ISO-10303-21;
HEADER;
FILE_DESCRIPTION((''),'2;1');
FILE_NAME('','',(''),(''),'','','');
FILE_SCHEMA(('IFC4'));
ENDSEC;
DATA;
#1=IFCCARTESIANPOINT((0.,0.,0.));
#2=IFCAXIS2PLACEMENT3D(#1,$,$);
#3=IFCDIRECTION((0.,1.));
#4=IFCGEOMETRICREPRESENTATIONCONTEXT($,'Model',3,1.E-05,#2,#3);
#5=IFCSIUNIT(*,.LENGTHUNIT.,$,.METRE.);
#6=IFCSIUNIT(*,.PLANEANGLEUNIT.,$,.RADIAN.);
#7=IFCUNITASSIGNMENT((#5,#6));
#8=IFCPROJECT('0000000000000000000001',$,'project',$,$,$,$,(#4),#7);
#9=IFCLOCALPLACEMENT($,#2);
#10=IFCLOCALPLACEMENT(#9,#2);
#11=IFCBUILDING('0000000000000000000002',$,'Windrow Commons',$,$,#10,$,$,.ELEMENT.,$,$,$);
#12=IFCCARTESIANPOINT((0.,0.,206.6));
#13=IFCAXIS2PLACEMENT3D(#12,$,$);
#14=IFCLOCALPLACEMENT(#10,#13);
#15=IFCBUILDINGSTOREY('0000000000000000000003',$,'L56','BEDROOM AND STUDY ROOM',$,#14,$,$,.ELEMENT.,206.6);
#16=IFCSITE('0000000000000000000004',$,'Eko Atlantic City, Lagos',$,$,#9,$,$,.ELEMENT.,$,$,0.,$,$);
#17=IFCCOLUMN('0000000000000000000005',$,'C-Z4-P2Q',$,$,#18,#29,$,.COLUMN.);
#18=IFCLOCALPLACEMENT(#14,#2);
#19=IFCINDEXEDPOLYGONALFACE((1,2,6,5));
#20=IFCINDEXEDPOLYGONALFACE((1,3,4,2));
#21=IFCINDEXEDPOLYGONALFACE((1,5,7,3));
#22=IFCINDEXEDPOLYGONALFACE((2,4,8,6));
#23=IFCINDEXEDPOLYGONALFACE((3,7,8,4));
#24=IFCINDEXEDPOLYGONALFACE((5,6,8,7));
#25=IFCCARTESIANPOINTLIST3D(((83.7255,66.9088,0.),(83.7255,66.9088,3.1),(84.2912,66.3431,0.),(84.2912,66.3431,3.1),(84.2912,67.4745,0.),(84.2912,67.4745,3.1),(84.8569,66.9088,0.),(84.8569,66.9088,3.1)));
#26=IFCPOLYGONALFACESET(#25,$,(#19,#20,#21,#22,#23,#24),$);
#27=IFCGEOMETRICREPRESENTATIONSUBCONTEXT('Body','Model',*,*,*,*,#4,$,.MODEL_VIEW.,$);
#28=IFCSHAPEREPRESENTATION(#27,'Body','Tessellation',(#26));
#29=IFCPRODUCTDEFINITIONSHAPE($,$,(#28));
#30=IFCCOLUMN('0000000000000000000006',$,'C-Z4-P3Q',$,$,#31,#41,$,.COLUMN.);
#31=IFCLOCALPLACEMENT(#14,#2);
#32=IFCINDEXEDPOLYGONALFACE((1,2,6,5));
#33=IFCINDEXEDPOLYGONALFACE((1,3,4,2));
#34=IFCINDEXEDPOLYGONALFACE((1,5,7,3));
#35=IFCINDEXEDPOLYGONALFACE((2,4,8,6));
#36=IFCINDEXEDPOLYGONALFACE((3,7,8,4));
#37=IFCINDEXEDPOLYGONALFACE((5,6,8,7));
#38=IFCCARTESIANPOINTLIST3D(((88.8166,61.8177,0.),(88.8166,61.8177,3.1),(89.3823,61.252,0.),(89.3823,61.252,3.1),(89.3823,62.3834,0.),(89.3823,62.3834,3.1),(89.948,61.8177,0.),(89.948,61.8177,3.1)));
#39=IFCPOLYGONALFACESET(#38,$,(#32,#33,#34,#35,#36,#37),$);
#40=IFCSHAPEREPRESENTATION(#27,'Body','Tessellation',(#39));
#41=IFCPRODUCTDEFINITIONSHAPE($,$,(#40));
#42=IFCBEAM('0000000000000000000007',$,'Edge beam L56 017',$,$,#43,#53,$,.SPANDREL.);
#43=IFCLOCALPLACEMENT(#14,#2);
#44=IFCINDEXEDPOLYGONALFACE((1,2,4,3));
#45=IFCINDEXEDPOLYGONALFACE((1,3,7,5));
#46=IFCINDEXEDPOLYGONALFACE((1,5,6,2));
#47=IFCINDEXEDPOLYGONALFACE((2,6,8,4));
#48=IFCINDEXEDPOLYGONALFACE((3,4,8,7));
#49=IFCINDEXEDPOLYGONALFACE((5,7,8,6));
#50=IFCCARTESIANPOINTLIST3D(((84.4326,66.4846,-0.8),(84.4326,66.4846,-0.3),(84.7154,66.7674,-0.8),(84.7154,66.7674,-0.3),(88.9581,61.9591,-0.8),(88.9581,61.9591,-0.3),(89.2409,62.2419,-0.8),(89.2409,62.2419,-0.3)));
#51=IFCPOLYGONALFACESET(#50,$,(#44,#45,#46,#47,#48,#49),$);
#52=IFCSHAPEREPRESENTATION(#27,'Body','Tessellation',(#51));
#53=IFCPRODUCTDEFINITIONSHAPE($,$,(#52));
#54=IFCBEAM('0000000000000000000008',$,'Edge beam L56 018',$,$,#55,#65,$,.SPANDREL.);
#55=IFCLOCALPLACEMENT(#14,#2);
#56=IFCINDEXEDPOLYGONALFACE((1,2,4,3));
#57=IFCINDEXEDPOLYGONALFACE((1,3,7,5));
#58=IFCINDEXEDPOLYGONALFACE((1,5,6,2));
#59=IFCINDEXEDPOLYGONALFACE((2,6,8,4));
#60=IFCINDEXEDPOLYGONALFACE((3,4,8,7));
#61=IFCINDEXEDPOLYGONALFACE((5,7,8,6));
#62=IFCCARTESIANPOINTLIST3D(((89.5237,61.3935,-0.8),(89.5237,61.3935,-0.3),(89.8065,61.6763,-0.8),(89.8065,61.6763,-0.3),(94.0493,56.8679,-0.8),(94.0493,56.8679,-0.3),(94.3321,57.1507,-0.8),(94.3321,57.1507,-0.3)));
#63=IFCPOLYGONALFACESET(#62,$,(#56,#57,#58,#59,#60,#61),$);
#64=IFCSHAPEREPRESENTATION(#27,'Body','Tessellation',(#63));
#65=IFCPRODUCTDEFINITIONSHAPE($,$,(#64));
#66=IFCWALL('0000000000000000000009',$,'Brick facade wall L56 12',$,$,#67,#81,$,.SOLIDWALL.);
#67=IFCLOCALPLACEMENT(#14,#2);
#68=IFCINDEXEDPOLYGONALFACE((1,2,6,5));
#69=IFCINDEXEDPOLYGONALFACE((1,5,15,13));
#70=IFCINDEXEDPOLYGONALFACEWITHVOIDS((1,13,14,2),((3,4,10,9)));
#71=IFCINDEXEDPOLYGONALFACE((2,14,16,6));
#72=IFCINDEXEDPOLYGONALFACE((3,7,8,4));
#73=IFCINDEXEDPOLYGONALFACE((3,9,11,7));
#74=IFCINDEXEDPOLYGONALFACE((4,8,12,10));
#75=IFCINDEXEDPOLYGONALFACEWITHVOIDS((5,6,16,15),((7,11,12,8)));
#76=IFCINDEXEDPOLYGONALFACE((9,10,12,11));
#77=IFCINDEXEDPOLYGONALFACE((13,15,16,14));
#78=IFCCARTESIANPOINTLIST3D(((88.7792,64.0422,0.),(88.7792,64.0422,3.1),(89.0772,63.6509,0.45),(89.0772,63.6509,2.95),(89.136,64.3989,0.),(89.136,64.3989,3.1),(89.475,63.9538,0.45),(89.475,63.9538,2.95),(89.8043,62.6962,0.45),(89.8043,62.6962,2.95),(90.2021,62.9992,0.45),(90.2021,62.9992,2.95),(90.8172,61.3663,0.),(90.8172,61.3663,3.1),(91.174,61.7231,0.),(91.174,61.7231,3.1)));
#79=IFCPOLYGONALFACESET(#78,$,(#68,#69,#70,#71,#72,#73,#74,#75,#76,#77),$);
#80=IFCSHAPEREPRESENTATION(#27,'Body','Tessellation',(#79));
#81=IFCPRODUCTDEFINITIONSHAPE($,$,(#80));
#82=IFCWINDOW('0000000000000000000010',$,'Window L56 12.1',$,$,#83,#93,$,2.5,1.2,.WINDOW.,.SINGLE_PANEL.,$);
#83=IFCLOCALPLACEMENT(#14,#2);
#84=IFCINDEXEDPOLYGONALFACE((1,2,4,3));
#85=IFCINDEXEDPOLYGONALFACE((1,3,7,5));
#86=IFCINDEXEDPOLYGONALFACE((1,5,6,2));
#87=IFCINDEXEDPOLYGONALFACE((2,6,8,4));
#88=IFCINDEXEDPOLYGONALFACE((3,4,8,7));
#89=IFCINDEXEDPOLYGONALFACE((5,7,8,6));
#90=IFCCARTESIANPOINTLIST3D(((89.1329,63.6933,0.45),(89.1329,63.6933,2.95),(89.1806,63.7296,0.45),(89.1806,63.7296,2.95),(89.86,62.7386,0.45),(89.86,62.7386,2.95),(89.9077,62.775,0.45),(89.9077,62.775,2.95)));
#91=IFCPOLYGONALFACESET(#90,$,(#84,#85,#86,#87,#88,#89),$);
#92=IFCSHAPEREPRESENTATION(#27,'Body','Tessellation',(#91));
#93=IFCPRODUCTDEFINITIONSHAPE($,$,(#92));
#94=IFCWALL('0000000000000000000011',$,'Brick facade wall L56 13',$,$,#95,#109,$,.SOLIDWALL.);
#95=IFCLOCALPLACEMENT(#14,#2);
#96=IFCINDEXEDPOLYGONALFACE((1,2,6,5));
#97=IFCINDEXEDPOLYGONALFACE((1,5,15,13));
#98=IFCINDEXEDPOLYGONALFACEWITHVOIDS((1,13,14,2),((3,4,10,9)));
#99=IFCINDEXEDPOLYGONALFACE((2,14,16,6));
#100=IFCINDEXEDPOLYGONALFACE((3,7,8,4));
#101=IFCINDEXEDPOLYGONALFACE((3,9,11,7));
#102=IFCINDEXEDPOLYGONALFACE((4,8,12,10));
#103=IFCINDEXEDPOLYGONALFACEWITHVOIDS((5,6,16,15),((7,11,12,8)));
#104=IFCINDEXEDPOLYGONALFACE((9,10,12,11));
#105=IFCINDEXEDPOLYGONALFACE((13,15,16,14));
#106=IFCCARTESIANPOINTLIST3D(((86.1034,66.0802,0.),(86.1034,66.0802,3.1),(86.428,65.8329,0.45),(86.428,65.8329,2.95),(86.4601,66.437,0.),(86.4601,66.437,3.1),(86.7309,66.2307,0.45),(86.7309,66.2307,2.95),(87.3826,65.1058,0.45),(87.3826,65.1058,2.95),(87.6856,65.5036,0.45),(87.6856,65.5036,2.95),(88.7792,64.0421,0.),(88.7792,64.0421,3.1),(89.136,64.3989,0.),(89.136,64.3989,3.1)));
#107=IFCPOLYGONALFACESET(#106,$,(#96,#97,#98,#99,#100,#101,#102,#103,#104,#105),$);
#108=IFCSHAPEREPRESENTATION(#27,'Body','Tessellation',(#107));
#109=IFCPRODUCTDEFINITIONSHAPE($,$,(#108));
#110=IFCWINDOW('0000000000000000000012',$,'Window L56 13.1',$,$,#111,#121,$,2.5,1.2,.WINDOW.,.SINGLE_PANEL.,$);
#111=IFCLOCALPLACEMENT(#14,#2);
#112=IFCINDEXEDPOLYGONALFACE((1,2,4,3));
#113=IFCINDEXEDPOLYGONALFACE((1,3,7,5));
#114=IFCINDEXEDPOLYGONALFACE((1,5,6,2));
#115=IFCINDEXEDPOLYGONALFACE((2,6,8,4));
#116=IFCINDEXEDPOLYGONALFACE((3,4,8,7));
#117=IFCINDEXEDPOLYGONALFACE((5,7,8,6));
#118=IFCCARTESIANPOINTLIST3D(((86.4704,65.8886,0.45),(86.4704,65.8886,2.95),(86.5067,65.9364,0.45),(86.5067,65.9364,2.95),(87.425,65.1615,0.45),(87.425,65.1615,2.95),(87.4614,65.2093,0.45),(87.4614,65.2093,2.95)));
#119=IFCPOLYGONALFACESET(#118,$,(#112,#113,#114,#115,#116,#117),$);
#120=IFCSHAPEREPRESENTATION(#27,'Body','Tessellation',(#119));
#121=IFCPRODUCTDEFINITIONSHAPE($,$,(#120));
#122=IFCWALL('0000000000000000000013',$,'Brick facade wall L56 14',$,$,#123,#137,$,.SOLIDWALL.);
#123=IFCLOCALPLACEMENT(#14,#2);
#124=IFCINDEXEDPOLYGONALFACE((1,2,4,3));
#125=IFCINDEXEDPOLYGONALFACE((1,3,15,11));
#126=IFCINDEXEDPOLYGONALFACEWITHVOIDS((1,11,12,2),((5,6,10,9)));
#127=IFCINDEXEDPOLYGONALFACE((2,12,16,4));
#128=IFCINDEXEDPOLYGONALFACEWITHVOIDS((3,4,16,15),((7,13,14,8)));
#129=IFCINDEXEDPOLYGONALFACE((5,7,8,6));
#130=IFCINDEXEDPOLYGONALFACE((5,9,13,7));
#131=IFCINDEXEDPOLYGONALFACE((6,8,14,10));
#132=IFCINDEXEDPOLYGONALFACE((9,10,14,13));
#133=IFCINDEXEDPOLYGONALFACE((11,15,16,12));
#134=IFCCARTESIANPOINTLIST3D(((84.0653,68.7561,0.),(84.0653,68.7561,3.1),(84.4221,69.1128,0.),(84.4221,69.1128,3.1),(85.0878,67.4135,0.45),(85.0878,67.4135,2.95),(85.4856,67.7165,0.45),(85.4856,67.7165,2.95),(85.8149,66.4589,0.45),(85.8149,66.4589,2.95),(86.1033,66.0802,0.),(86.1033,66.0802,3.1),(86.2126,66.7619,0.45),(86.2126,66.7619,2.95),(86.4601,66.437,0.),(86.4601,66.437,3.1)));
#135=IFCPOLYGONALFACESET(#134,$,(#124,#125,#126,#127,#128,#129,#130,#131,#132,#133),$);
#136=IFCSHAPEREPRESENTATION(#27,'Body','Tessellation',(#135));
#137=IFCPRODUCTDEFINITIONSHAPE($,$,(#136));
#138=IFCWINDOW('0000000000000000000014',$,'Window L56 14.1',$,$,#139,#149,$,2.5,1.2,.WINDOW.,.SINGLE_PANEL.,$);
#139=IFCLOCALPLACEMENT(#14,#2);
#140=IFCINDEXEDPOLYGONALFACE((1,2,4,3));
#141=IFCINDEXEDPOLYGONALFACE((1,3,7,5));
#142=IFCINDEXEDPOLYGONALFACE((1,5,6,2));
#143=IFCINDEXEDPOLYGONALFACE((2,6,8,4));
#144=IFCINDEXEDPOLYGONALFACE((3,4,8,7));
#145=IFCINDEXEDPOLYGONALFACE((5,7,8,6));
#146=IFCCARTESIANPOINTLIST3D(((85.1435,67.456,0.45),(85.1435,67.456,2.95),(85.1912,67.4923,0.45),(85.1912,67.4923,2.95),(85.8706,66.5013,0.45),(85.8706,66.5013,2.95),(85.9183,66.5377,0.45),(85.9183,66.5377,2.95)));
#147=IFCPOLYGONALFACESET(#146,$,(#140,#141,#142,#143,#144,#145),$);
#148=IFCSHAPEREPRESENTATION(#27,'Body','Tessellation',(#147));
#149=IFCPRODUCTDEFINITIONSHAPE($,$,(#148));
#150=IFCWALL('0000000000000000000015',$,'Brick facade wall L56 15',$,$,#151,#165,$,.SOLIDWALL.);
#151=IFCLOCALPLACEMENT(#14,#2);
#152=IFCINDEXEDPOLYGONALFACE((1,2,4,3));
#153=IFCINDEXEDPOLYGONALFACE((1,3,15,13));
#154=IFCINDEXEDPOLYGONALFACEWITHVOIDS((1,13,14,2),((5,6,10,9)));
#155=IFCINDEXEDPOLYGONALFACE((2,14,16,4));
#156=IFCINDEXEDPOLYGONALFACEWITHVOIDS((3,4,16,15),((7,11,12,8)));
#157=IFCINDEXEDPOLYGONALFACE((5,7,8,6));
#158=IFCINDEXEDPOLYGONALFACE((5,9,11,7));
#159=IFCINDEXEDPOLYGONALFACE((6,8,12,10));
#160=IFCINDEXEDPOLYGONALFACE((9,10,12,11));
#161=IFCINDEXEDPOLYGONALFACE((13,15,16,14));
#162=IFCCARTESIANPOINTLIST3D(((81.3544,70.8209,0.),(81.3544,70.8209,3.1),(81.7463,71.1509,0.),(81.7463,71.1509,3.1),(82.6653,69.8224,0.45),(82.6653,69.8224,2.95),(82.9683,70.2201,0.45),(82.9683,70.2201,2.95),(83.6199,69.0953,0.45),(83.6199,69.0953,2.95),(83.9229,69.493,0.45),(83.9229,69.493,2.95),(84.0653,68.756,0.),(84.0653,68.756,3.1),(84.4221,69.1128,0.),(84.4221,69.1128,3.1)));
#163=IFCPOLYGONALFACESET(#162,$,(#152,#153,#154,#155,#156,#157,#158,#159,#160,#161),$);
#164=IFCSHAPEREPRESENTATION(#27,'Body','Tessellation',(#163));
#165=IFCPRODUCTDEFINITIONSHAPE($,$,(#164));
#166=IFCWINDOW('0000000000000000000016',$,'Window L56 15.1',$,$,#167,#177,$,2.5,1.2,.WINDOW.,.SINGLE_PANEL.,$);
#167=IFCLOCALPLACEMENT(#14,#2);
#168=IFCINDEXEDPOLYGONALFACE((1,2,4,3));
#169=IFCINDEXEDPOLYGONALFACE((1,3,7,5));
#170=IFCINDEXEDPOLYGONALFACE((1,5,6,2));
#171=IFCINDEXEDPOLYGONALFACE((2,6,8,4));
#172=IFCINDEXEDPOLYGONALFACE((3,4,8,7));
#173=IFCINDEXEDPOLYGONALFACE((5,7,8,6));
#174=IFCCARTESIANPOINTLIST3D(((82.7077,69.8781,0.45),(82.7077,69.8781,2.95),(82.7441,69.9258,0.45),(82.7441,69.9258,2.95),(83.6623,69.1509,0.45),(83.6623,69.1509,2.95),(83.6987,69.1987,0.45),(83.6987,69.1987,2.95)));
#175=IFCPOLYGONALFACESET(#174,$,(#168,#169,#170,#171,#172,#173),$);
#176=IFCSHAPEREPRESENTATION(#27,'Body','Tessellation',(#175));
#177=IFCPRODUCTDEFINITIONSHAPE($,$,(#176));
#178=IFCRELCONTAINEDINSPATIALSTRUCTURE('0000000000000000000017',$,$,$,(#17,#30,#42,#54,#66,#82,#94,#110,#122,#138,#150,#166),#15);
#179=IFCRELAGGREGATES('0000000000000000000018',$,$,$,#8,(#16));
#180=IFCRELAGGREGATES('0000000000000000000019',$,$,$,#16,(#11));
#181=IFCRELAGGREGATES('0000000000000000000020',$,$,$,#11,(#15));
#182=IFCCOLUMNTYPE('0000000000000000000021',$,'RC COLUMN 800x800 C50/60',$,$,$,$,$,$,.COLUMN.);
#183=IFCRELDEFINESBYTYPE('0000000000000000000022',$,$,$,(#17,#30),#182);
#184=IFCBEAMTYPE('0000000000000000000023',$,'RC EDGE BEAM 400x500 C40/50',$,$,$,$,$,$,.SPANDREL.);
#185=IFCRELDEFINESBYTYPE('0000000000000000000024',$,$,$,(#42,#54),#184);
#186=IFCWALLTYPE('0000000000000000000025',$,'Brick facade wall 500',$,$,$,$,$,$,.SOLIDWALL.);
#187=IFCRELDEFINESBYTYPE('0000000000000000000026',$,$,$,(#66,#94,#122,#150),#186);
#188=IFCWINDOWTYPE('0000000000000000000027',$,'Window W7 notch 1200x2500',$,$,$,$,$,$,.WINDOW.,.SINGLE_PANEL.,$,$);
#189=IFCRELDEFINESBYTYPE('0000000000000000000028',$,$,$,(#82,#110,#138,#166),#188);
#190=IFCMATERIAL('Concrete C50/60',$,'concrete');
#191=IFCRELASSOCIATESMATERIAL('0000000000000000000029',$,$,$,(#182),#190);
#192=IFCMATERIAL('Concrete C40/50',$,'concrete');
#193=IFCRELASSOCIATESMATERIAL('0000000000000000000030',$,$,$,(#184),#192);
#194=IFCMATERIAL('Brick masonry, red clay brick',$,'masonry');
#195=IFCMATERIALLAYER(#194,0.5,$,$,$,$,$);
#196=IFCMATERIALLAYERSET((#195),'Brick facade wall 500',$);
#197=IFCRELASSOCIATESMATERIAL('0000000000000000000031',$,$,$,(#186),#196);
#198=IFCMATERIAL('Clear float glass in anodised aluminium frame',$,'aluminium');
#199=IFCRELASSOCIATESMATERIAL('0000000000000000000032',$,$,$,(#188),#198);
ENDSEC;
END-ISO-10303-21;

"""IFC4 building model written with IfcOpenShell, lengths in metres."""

from ifc_helpers import new_model, si_unit, direction, frame, frame_2d, origin, origin_2d, place, context, subcontext, project, spatial, polyline, rectangle, outline, extrude, material, layer, layer_set, material_profile, profile_set, type_object, element, fill, save


model = new_model("IFC4")

# Units and contexts
model_context = context("Model", 3, precision=1e-05, world=origin(), true_north=direction((0.0, 1.0)))
body_context = subcontext(model_context, "Body", "Model", "MODEL_VIEW")
ifc_project = project(units=[si_unit("LENGTHUNIT", "METRE"), si_unit("PLANEANGLEUNIT", "RADIAN")], contexts=[model_context])

# Site, building, storey
site_placement = place(None, origin())
site = spatial("IfcSite", under=ifc_project, at=site_placement, Name="Eko Atlantic City, Lagos", CompositionType="ELEMENT", RefElevation=0.0)
building_placement = place(site_placement, origin())
building = spatial("IfcBuilding", under=site, at=building_placement, Name="Windrow Commons", CompositionType="ELEMENT")
storey_placement = place(building_placement, frame((0.0, 0.0, 206.6)))
storey = spatial("IfcBuildingStorey", under=building, at=storey_placement, Name="L56", Description="BEDROOM AND STUDY ROOM", CompositionType="ELEMENT", Elevation=206.6)

# Columns
ifc_material_1 = material(Name="Concrete C50/60", Category="concrete")
ifc_material_profile_1 = material_profile(ifc_material_1, rectangle(XDim=0.8, YDim=0.8, at=origin_2d()))
ifc_profile_set_1 = profile_set([ifc_material_profile_1], Name="Concrete C50/60")
column_type = type_object("IfcColumnType", Name="RC COLUMN 800x800 C50/60", PredefinedType="COLUMN", material=ifc_profile_set_1)
for number, where, z_axis, x_axis, name in (
    (1, (84.2912, 66.9088, 0.0), (0.0, 0.0, 1.0), (0.707107, -0.707107, 0.0), "C-Z4-P2Q"),
    (2, (89.3823, 61.8177, 0.0), (0.0, 0.0, 1.0), (0.707107, -0.707107, 0.0), "C-Z4-P3Q"),
):
    element("IfcColumn", number, at=place(storey_placement, frame(where, z_axis=z_axis, x_axis=x_axis)), inside=storey, type_object=column_type, Name=name, PredefinedType="COLUMN", context=body_context, shape_type="SweptSolid", body=[
        extrude(rectangle(XDim=0.8, YDim=0.8, at=origin_2d()), origin(), (0.0, 0.0, 1.0), 3.1),
    ])

# Beams
ifc_material_2 = material(Name="Concrete C40/50", Category="concrete")
ifc_material_profile_2 = material_profile(ifc_material_2, rectangle(XDim=0.4, YDim=0.5, at=origin_2d()))
ifc_profile_set_2 = profile_set([ifc_material_profile_2], Name="Concrete C40/50")
beam_type = type_object("IfcBeamType", Name="RC EDGE BEAM 400x500 C40/50", PredefinedType="SPANDREL", material=ifc_profile_set_2)
beam_1_placement = place(storey_placement, frame((84.574, 66.626, -0.55), z_axis=(0.707107, -0.707107, 0.0), x_axis=(0.707107, 0.707107, 0.0)))
element("IfcBeam", 3, at=beam_1_placement, inside=storey, type_object=beam_type, Name="Edge beam L56 017", PredefinedType="SPANDREL", context=body_context, shape_type="SweptSolid", body=[
    extrude(rectangle(XDim=0.4, YDim=0.5, at=origin_2d()), origin(), (0.0, 0.0, 1.0), 6.4),
])
beam_2_placement = place(storey_placement, frame((89.6651, 61.5349, -0.55), z_axis=(0.707107, -0.707107, 0.0), x_axis=(0.707107, 0.707107, 0.0)))
element("IfcBeam", 4, at=beam_2_placement, inside=storey, type_object=beam_type, Name="Edge beam L56 018", PredefinedType="SPANDREL", context=body_context, shape_type="SweptSolid", body=[
    extrude(rectangle(XDim=0.4, YDim=0.5, at=origin_2d()), origin(), (0.0, 0.0, 1.0), 6.4002),
])

# Walls, openings, windows
ifc_material_3 = material(Name="Brick masonry, red clay brick", Category="masonry")
ifc_layer_1 = layer(ifc_material_3, 0.5)
ifc_layer_set_1 = layer_set([ifc_layer_1], Name="Brick facade wall 500")
wall_type_1 = type_object("IfcWallType", Name="Brick facade wall 500", PredefinedType="SOLIDWALL", material=ifc_layer_set_1)
wall_1_placement = place(storey_placement, frame((90.9956, 61.5447, 0.0), z_axis=(0.0, 0.0, 1.0), x_axis=(-0.605911, 0.795533, 0.0)))
wall_1 = element("IfcWall", 5, at=wall_1_placement, inside=storey, type_object=wall_type_1, Name="Brick facade wall L56 12", PredefinedType="SOLIDWALL", context=body_context, shape_type="SweptSolid", body=[
    extrude(outline(polyline([(0.0338, -0.25), (3.3974, -0.25), (3.3298, 0.25), (-0.0338, 0.25), (0.0338, -0.25)])), origin(), (0.0, 0.0, 1.0), 3.1),
])
opening_1_placement = place(wall_1_placement, frame((1.6379, 0.0, 0.45)))
opening_1 = element("IfcOpeningElement", 6, at=opening_1_placement, cuts=wall_1, PredefinedType="OPENING", context=body_context, shape_type="SweptSolid", body=[
    extrude(rectangle(XDim=1.2, YDim=2.5, at=frame_2d((0.6, 1.25))), frame((0.0, 0.26, 0.0), z_axis=(0.0, -1.0, 0.0), x_axis=(1.0, 0.0, 0.0)), (0.0, 0.0, 1.0), 0.52),
])
ifc_material_4 = material(Name="Clear float glass in anodised aluminium frame", Category="aluminium")
window_type = type_object("IfcWindowType", Name="Window W7 notch 1200x2500", PartitioningType="SINGLE_PANEL", PredefinedType="WINDOW", material=ifc_material_4)
window_1_placement = place(opening_1_placement, origin())
window_1 = element("IfcWindow", 7, at=window_1_placement, inside=storey, type_object=window_type, Name="Window L56 12.1", OverallHeight=2.5, OverallWidth=1.2, PartitioningType="SINGLE_PANEL", PredefinedType="WINDOW", context=body_context, shape_type="SweptSolid", body=[
    extrude(rectangle(XDim=1.2, YDim=2.5, at=frame_2d((0.6, 1.25))), frame((0.0, 0.18, 0.0), z_axis=(0.0, -1.0, 0.0), x_axis=(1.0, 0.0, 0.0)), (0.0, 0.0, 1.0), 0.06),
])
fill(opening_1, window_1)
wall_2_placement = place(storey_placement, frame((88.9576, 64.2205, 0.0), z_axis=(0.0, 0.0, 1.0), x_axis=(-0.795529, 0.605915, 0.0)))
wall_2 = element("IfcWall", 8, at=wall_2_placement, inside=storey, type_object=wall_type_1, Name="Brick facade wall L56 13", PredefinedType="SOLIDWALL", context=body_context, shape_type="SweptSolid", body=[
    extrude(outline(polyline([(-0.0338, -0.25), (3.3298, -0.25), (3.3974, 0.25), (0.0338, 0.25), (-0.0338, -0.25)])), origin(), (0.0, 0.0, 1.0), 3.1),
])
opening_2_placement = place(wall_2_placement, frame((1.7894, 0.0, 0.45)))
opening_2 = element("IfcOpeningElement", 9, at=opening_2_placement, cuts=wall_2, PredefinedType="OPENING", context=body_context, shape_type="SweptSolid", body=[
    extrude(rectangle(XDim=1.2, YDim=2.5, at=frame_2d((0.6, 1.25))), frame((0.0, 0.26, 0.0), z_axis=(0.0, -1.0, 0.0), x_axis=(1.0, 0.0, 0.0)), (0.0, 0.0, 1.0), 0.52),
])
window_2_placement = place(opening_2_placement, origin())
window_2 = element("IfcWindow", 10, at=window_2_placement, inside=storey, type_object=window_type, Name="Window L56 13.1", OverallHeight=2.5, OverallWidth=1.2, PartitioningType="SINGLE_PANEL", PredefinedType="WINDOW", context=body_context, shape_type="SweptSolid", body=[
    extrude(rectangle(XDim=1.2, YDim=2.5, at=frame_2d((0.6, 1.25))), frame((0.0, 0.18, 0.0), z_axis=(0.0, -1.0, 0.0), x_axis=(1.0, 0.0, 0.0)), (0.0, 0.0, 1.0), 0.06),
])
fill(opening_2, window_2)
wall_3_placement = place(storey_placement, frame((86.2817, 66.2586, 0.0), z_axis=(0.0, 0.0, 1.0), x_axis=(-0.605911, 0.795533, 0.0)))
wall_3 = element("IfcWall", 11, at=wall_3_placement, inside=storey, type_object=wall_type_1, Name="Brick facade wall L56 14", PredefinedType="SOLIDWALL", context=body_context, shape_type="SweptSolid", body=[
    extrude(outline(polyline([(0.0338, -0.25), (3.3974, -0.25), (3.3298, 0.25), (-0.0338, 0.25), (0.0338, -0.25)])), origin(), (0.0, 0.0, 1.0), 3.1),
])
opening_3_placement = place(wall_3_placement, frame((0.4422, 0.0, 0.45)))
opening_3 = element("IfcOpeningElement", 12, at=opening_3_placement, cuts=wall_3, PredefinedType="OPENING", context=body_context, shape_type="SweptSolid", body=[
    extrude(rectangle(XDim=1.2, YDim=2.5, at=frame_2d((0.6, 1.25))), frame((0.0, 0.26, 0.0), z_axis=(0.0, -1.0, 0.0), x_axis=(1.0, 0.0, 0.0)), (0.0, 0.0, 1.0), 0.52),
])
window_3_placement = place(opening_3_placement, origin())
window_3 = element("IfcWindow", 13, at=window_3_placement, inside=storey, type_object=window_type, Name="Window L56 14.1", OverallHeight=2.5, OverallWidth=1.2, PartitioningType="SINGLE_PANEL", PredefinedType="WINDOW", context=body_context, shape_type="SweptSolid", body=[
    extrude(rectangle(XDim=1.2, YDim=2.5, at=frame_2d((0.6, 1.25))), frame((0.0, 0.18, 0.0), z_axis=(0.0, -1.0, 0.0), x_axis=(1.0, 0.0, 0.0)), (0.0, 0.0, 1.0), 0.06),
])
fill(opening_3, window_3)
wall_4_placement = place(storey_placement, frame((84.2437, 68.9344, 0.0), z_axis=(0.0, 0.0, 1.0), x_axis=(-0.795519, 0.605928, 0.0)))
wall_4 = element("IfcWall", 14, at=wall_4_placement, inside=storey, type_object=wall_type_1, Name="Brick facade wall L56 15", PredefinedType="SOLIDWALL", context=body_context, shape_type="SweptSolid", body=[
    extrude(outline(polyline([(-0.0338, -0.25), (3.3298, -0.25), (3.4416, 0.25), (0.0338, 0.25), (-0.0338, -0.25)])), origin(), (0.0, 0.0, 1.0), 3.1),
])
opening_4_placement = place(wall_4_placement, frame((0.5937, 0.0, 0.45)))
opening_4 = element("IfcOpeningElement", 15, at=opening_4_placement, cuts=wall_4, PredefinedType="OPENING", context=body_context, shape_type="SweptSolid", body=[
    extrude(rectangle(XDim=1.2, YDim=2.5, at=frame_2d((0.6, 1.25))), frame((0.0, 0.26, 0.0), z_axis=(0.0, -1.0, 0.0), x_axis=(1.0, 0.0, 0.0)), (0.0, 0.0, 1.0), 0.52),
])
window_4_placement = place(opening_4_placement, origin())
window_4 = element("IfcWindow", 16, at=window_4_placement, inside=storey, type_object=window_type, Name="Window L56 15.1", OverallHeight=2.5, OverallWidth=1.2, PartitioningType="SINGLE_PANEL", PredefinedType="WINDOW", context=body_context, shape_type="SweptSolid", body=[
    extrude(rectangle(XDim=1.2, YDim=2.5, at=frame_2d((0.6, 1.25))), frame((0.0, 0.18, 0.0), z_axis=(0.0, -1.0, 0.0), x_axis=(1.0, 0.0, 0.0)), (0.0, 0.0, 1.0), 0.06),
])
fill(opening_4, window_4)

save(model, "model.ifc")
